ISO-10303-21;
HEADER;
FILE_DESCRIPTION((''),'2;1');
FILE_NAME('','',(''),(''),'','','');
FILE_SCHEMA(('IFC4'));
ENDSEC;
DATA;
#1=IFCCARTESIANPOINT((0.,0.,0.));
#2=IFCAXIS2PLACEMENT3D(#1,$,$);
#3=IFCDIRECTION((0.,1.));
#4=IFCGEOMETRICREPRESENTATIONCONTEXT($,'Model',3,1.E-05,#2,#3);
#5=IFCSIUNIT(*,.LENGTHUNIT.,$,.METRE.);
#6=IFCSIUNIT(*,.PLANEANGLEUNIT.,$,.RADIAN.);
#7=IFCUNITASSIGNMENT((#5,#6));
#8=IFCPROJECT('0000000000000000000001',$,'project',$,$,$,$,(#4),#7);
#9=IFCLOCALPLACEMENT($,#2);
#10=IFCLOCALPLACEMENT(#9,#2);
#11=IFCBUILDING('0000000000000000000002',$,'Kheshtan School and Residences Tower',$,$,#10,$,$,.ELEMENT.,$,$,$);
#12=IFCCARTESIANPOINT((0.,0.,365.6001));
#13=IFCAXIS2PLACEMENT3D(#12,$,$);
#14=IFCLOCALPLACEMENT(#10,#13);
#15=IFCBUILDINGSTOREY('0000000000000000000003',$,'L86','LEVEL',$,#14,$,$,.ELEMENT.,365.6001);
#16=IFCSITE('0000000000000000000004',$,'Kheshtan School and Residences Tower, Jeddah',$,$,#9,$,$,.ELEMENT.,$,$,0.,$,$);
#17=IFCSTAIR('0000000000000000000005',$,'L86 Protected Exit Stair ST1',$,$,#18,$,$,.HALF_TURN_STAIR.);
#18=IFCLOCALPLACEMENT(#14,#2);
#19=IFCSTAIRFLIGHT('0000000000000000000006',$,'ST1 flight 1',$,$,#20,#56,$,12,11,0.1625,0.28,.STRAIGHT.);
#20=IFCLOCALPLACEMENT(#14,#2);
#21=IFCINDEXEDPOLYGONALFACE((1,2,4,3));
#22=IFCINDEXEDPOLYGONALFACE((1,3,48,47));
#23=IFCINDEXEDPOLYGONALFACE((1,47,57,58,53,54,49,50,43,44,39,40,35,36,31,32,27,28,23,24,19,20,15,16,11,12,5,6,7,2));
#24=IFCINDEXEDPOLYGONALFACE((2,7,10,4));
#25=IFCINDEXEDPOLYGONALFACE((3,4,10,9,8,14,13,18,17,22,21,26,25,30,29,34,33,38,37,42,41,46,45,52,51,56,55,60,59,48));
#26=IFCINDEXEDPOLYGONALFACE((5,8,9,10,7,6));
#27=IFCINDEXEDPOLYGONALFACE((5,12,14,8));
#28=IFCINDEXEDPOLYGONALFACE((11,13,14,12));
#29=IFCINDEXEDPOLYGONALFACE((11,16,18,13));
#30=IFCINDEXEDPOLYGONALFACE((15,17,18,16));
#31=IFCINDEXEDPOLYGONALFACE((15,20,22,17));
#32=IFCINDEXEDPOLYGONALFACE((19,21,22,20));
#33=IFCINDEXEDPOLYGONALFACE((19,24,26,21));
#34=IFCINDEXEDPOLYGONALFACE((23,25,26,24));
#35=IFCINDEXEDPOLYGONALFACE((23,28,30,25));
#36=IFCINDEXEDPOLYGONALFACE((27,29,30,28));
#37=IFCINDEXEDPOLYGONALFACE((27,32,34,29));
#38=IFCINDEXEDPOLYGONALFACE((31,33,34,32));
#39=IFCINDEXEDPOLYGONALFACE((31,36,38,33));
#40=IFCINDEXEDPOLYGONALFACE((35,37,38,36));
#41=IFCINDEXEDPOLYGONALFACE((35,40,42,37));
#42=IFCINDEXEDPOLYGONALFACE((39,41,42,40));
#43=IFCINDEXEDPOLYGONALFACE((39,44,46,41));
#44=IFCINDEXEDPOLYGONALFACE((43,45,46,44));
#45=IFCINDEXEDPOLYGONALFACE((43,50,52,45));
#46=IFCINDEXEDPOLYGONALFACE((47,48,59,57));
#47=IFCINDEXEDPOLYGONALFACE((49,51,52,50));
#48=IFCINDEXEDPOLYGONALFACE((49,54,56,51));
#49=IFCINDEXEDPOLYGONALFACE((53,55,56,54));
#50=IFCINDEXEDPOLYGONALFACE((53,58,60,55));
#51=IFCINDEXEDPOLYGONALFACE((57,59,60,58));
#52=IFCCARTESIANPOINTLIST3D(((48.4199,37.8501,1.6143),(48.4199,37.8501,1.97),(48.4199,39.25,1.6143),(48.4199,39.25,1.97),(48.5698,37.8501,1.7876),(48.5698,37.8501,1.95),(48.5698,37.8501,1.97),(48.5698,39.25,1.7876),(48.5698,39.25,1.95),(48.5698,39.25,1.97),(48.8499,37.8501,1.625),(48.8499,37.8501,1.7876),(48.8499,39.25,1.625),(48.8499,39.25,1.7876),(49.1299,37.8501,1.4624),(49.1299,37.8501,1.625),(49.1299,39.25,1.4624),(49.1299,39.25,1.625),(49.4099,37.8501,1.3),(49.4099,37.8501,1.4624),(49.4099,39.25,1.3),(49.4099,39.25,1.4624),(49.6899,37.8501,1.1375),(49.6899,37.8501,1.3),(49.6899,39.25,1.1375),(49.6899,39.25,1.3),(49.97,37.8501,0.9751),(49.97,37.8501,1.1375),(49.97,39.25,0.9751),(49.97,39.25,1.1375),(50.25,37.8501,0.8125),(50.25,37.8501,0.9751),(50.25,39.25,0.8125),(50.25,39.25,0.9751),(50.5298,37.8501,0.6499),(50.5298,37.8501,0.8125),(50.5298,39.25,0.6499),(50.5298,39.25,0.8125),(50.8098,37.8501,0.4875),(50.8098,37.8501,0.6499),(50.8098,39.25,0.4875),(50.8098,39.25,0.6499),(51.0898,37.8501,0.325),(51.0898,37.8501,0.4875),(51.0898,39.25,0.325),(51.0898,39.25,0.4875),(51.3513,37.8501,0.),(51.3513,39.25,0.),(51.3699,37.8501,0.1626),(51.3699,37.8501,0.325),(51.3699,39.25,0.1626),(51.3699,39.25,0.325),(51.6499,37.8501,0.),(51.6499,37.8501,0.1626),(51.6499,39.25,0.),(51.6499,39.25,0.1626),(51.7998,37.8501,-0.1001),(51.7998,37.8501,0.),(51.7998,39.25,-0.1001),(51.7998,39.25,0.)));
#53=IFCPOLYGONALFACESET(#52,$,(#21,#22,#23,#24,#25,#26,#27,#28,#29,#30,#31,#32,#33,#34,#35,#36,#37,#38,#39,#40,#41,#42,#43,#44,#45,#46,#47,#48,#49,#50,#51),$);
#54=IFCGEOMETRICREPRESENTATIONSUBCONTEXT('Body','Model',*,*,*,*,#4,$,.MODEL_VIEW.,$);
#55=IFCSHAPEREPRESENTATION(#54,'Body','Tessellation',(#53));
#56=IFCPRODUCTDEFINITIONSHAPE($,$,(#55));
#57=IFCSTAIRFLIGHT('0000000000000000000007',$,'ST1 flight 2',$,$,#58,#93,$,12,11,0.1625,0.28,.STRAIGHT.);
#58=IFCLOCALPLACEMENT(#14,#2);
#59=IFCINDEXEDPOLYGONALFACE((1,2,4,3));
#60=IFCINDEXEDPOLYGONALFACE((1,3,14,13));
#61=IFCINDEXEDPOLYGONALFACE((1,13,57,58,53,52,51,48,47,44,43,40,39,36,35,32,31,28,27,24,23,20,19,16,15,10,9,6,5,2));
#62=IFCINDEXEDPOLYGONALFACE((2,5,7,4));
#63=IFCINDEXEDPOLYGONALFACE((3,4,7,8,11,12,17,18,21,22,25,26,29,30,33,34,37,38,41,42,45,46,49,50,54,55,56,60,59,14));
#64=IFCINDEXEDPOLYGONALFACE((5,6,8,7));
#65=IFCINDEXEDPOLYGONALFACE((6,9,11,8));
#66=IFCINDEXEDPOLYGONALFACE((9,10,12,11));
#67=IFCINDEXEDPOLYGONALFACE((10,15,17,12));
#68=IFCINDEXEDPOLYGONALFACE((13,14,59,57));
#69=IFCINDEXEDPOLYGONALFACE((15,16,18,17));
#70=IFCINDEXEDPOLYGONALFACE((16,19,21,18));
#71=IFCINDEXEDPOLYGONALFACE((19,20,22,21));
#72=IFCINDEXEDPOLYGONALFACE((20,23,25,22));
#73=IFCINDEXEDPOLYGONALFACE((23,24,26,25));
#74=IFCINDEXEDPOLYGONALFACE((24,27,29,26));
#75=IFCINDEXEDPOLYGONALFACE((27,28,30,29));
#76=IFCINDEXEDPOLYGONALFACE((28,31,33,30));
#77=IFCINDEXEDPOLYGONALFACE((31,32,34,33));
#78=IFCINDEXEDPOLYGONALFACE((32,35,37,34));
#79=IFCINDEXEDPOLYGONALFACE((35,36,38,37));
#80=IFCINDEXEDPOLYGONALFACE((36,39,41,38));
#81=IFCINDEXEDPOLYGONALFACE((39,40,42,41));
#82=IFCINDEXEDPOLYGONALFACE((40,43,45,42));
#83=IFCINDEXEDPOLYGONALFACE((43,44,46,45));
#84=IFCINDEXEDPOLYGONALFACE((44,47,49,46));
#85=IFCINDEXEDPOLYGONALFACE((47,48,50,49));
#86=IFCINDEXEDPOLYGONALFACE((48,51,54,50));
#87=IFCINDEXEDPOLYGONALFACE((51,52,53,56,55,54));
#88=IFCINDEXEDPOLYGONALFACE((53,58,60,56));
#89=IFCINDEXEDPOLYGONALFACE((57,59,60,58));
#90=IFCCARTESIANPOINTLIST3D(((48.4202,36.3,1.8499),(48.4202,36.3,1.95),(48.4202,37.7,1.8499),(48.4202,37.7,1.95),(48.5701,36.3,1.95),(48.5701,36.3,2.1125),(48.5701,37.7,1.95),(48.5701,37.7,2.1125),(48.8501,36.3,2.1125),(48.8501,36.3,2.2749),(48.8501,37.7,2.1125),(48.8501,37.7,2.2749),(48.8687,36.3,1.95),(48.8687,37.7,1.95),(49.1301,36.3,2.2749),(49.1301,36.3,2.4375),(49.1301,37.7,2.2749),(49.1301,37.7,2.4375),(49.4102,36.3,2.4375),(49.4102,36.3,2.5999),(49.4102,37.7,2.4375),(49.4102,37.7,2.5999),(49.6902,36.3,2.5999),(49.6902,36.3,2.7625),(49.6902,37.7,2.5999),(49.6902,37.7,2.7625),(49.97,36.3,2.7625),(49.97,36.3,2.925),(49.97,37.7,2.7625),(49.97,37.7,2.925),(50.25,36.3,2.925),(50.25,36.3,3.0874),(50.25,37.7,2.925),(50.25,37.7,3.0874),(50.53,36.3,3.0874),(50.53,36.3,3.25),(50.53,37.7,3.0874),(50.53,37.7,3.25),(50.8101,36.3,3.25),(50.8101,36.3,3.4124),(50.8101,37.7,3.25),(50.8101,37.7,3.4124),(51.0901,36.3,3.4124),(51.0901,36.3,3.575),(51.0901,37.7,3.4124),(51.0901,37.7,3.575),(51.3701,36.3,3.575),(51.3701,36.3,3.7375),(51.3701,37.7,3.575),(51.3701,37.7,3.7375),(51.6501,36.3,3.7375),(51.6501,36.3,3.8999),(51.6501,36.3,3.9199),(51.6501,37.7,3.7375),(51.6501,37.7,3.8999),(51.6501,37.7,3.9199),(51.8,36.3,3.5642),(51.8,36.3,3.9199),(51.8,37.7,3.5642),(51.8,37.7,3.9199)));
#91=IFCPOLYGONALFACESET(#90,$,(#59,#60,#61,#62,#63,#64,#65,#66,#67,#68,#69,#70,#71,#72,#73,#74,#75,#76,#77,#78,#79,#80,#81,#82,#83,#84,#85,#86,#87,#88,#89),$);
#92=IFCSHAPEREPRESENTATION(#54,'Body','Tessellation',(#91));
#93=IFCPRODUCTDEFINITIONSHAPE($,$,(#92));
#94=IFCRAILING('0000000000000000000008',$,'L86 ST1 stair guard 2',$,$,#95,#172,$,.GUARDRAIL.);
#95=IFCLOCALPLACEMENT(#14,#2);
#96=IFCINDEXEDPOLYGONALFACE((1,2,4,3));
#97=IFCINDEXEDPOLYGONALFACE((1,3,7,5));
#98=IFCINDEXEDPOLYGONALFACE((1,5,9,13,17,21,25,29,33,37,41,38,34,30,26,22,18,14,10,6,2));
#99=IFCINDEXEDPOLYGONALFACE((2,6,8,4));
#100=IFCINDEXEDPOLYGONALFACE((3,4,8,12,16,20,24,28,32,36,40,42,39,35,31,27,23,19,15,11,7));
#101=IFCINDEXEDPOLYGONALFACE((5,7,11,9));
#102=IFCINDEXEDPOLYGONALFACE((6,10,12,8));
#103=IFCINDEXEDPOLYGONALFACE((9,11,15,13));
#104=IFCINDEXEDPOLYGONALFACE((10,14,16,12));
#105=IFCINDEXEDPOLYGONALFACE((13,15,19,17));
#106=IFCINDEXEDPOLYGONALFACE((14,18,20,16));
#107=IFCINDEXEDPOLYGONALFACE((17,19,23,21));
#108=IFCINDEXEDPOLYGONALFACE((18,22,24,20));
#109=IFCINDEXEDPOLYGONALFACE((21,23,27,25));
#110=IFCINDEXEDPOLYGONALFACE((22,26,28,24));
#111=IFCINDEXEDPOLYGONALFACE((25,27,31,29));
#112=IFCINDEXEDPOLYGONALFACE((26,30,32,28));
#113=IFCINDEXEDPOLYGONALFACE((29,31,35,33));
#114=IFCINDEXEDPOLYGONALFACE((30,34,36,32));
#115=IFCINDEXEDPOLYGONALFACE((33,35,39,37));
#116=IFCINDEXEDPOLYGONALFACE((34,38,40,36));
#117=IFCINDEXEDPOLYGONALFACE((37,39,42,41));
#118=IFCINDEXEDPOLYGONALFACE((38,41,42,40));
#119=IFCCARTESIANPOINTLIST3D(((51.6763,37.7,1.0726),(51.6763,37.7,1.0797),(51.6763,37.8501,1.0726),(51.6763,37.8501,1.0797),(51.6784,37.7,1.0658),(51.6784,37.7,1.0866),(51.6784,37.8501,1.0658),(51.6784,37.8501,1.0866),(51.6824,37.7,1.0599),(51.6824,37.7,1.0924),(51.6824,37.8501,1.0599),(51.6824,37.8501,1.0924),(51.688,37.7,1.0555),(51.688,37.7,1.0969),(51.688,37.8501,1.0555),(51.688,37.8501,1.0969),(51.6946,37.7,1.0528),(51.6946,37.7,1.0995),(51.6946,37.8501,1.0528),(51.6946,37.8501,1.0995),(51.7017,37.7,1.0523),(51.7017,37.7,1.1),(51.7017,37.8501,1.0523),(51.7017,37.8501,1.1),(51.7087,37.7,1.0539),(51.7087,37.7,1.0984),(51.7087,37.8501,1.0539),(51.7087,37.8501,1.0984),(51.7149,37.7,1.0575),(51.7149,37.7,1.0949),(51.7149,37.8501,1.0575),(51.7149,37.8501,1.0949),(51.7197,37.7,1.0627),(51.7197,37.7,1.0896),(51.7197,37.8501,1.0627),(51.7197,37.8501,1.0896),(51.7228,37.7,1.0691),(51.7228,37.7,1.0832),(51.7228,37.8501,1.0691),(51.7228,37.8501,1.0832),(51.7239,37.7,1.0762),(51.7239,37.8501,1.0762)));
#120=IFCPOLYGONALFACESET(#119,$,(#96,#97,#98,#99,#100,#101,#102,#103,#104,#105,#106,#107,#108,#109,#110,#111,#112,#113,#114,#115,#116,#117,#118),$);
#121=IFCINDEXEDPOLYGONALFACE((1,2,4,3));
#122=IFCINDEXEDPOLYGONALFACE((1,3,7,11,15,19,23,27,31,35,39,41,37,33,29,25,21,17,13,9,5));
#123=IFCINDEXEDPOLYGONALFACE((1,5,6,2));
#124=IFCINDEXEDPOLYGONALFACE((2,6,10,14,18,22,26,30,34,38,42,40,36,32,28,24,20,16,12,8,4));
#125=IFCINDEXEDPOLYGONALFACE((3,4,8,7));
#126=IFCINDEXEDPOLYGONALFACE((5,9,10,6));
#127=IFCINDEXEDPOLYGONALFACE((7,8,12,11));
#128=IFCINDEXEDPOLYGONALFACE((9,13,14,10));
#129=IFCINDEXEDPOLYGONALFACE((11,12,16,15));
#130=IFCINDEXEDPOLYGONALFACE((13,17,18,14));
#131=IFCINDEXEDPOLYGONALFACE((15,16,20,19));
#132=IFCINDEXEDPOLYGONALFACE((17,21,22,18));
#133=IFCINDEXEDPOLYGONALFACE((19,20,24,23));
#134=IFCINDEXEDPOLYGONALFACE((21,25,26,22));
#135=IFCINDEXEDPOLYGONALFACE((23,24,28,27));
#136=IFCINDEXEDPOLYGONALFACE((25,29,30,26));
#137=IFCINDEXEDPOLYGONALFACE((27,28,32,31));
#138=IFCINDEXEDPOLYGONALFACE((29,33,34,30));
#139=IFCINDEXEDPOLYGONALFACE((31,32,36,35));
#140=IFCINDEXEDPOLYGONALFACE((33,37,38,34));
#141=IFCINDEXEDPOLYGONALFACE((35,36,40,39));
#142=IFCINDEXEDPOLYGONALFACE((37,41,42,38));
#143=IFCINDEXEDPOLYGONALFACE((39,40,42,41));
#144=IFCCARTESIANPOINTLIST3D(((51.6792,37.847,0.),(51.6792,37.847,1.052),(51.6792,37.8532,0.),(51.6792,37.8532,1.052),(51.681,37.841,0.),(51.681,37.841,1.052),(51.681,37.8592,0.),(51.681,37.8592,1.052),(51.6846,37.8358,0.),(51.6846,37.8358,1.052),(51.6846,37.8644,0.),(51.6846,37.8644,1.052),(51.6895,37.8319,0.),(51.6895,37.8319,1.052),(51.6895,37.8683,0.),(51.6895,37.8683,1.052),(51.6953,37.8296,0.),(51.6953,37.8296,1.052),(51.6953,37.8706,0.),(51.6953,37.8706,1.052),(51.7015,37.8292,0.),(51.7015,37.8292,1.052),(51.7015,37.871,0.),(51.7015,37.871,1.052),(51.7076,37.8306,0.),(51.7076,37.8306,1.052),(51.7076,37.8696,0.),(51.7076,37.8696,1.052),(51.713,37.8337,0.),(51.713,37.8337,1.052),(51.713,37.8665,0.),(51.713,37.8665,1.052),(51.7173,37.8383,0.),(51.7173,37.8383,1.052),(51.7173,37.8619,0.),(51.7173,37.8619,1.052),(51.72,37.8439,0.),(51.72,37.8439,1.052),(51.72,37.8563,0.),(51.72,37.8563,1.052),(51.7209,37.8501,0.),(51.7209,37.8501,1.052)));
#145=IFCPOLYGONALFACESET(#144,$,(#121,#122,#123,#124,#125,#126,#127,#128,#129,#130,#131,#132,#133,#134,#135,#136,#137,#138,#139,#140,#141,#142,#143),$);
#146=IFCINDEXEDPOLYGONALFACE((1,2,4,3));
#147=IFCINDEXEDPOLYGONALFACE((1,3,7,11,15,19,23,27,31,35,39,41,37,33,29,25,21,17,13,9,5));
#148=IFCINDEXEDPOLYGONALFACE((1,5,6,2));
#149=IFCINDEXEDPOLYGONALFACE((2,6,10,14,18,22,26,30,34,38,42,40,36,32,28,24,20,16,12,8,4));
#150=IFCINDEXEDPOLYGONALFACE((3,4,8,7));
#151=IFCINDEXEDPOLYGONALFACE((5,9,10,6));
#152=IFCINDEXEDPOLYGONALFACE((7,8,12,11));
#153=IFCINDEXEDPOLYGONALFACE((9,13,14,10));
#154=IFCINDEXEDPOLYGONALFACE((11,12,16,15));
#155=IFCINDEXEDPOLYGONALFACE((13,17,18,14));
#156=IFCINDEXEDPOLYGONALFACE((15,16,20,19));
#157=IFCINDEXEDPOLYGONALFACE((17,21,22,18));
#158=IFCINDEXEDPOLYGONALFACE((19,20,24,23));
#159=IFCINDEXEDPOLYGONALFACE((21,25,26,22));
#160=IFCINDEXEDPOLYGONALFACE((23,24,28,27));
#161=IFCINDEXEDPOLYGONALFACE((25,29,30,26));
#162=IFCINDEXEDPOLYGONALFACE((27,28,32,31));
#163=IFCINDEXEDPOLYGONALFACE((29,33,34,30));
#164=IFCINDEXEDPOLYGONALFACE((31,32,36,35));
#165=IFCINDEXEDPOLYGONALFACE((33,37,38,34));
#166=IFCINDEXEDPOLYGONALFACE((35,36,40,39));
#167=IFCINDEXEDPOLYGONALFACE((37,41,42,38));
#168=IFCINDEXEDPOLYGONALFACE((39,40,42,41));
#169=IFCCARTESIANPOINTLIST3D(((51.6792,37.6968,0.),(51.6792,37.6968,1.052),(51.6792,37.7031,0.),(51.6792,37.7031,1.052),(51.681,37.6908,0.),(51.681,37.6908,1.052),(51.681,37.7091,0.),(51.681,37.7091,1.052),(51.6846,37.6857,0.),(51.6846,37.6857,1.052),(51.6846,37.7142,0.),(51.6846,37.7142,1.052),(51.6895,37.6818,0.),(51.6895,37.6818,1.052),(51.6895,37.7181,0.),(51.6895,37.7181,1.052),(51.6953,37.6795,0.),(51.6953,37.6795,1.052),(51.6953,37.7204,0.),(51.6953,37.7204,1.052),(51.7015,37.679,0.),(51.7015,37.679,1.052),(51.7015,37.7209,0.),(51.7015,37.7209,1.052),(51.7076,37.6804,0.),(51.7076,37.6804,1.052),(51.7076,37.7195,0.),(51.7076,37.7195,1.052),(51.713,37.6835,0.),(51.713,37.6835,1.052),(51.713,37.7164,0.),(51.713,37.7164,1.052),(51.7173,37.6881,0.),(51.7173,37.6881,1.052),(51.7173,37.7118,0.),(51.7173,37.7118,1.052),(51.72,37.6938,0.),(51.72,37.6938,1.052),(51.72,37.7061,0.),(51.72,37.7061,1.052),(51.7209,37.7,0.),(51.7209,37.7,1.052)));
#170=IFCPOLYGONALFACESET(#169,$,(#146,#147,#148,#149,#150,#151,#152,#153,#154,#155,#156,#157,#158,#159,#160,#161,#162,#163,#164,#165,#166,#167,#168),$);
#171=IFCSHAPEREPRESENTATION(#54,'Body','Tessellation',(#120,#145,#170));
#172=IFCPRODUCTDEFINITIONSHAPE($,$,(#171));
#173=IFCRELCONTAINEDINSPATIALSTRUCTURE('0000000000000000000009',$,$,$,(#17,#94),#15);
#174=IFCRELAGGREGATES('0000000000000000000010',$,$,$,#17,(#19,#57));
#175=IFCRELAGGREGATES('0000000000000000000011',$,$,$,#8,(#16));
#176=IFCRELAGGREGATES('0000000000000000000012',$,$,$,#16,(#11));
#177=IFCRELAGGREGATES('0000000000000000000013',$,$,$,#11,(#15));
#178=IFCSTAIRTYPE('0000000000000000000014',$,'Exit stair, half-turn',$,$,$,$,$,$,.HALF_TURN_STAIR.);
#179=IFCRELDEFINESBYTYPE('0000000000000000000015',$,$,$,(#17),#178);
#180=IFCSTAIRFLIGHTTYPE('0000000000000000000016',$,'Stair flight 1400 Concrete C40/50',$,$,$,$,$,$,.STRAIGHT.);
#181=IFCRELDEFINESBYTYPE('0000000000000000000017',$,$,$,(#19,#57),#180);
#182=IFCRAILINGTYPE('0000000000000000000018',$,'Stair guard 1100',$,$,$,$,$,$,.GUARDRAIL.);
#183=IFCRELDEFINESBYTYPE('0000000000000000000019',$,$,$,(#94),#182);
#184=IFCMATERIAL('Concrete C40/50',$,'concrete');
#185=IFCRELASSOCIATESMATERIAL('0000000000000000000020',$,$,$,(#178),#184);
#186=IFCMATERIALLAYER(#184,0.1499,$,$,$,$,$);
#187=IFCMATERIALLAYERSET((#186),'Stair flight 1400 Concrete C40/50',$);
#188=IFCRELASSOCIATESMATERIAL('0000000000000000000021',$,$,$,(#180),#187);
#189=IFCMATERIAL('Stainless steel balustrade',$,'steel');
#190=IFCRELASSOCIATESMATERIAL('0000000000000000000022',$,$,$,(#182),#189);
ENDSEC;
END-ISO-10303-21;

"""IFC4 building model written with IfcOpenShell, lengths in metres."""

from ifc_helpers import new_model, si_unit, direction, frame, origin, origin_2d, place, context, subcontext, project, spatial, polyline, circle, outline, extrude, material, layer, layer_set, type_object, element, aggregate, save


model = new_model("IFC4")

# Units and contexts
model_context = context("Model", 3, precision=1e-05, world=origin(), true_north=direction((0.0, 1.0)))
body_context = subcontext(model_context, "Body", "Model", "MODEL_VIEW")
ifc_project = project(units=[si_unit("LENGTHUNIT", "METRE"), si_unit("PLANEANGLEUNIT", "RADIAN")], contexts=[model_context])

# Site, building, storey
site_placement = place(None, origin())
site = spatial("IfcSite", under=ifc_project, at=site_placement, Name="Kheshtan School and Residences Tower, Jeddah", CompositionType="ELEMENT", RefElevation=0.0)
building_placement = place(site_placement, origin())
building = spatial("IfcBuilding", under=site, at=building_placement, Name="Kheshtan School and Residences Tower", CompositionType="ELEMENT")
storey_placement = place(building_placement, frame((0.0, 0.0, 365.6001)))
storey = spatial("IfcBuildingStorey", under=building, at=storey_placement, Name="L86", Description="LEVEL", CompositionType="ELEMENT", Elevation=365.6001)

# Shared definitions
ifc_material_1 = material(Name="Concrete C40/50", Category="concrete")

# Stair, stair flights
stair_type = type_object("IfcStairType", Name="Exit stair, half-turn", PredefinedType="HALF_TURN_STAIR", material=ifc_material_1)
stair_placement = place(storey_placement, origin())
stair = element("IfcStair", 1, at=stair_placement, inside=storey, type_object=stair_type, Name="L86 Protected Exit Stair ST1", PredefinedType="HALF_TURN_STAIR")
ifc_layer_1 = layer(ifc_material_1, 0.1499)
ifc_layer_set_1 = layer_set([ifc_layer_1], Name="Stair flight 1400 Concrete C40/50")
stair_flight_type = type_object("IfcStairFlightType", Name="Stair flight 1400 Concrete C40/50", PredefinedType="STRAIGHT", material=ifc_layer_set_1)
stair_flight_1_placement = place(storey_placement, frame((51.6499, 38.55, 0.0), z_axis=(0.0, 0.0, 1.0), x_axis=(-1.0, 0.0, 0.0)))
stair_flight_1 = element("IfcStairFlight", 2, at=stair_flight_1_placement, type_object=stair_flight_type, Name="ST1 flight 1", NumberOfRisers=12, NumberOfTreads=11, PredefinedType="STRAIGHT", RiserHeight=0.1625, TreadLength=0.28, context=body_context, shape_type="SweptSolid", body=[
    extrude(outline(polyline([(-0.1499, -0.1001), (-0.1499, 0.0), (0.0, 0.0), (0.0, 0.1626), (0.28, 0.1626), (0.28, 0.325), (0.5601, 0.325), (0.5601, 0.4875), (0.8401, 0.4875), (0.8401, 0.6499), (1.1201, 0.6499), (1.1201, 0.8125), (1.3999, 0.8125), (1.3999, 0.9751), (1.6799, 0.9751), (1.6799, 1.1375), (1.96, 1.1375), (1.96, 1.3), (2.24, 1.3), (2.24, 1.4624), (2.52, 1.4624), (2.52, 1.625), (2.8, 1.625), (2.8, 1.7876), (3.0801, 1.7876), (3.0801, 1.95), (3.0801, 1.97), (3.23, 1.97), (3.23, 1.6143), (0.2986, 0.0), (-0.1499, -0.1001)])), frame((0.0, 0.7, 0.0), z_axis=(0.0, -1.0, 0.0), x_axis=(1.0, 0.0, 0.0)), (0.0, 0.0, 1.0), 1.3999),
])
stair_flight_2_placement = place(storey_placement, frame((48.5701, 37.0, 1.95), z_axis=(0.0, 0.0, 1.0), x_axis=(1.0, 0.0, 0.0)))
stair_flight_2 = element("IfcStairFlight", 3, at=stair_flight_2_placement, type_object=stair_flight_type, Name="ST1 flight 2", NumberOfRisers=12, NumberOfTreads=11, PredefinedType="STRAIGHT", RiserHeight=0.1625, TreadLength=0.28, context=body_context, shape_type="SweptSolid", body=[
    extrude(outline(polyline([(-0.1499, -0.1001), (-0.1499, 0.0), (0.0, 0.0), (0.0, 0.1626), (0.28, 0.1626), (0.28, 0.325), (0.5601, 0.325), (0.5601, 0.4875), (0.8401, 0.4875), (0.8401, 0.6499), (1.1201, 0.6499), (1.1201, 0.8125), (1.3999, 0.8125), (1.3999, 0.9751), (1.6799, 0.9751), (1.6799, 1.1375), (1.96, 1.1375), (1.96, 1.3), (2.24, 1.3), (2.24, 1.4624), (2.52, 1.4624), (2.52, 1.625), (2.8, 1.625), (2.8, 1.7876), (3.0801, 1.7876), (3.0801, 1.95), (3.0801, 1.97), (3.23, 1.97), (3.23, 1.6143), (0.2986, 0.0), (-0.1499, -0.1001)])), frame((0.0, 0.7, 0.0), z_axis=(0.0, -1.0, 0.0), x_axis=(1.0, 0.0, 0.0)), (0.0, 0.0, 1.0), 1.3999),
])
aggregate(stair, [stair_flight_1, stair_flight_2])

# Railing
ifc_material_2 = material(Name="Stainless steel balustrade", Category="steel")
railing_type_1 = type_object("IfcRailingType", Name="Stair guard 1100", PredefinedType="GUARDRAIL", material=ifc_material_2)
railing_1_placement = place(storey_placement, frame((51.7, 37.8501, 0.0)))
element("IfcRailing", 4, at=railing_1_placement, inside=storey, type_object=railing_type_1, Name="L86 ST1 stair guard 2", PredefinedType="GUARDRAIL", context=body_context, shape_type="SweptSolid", body=[
    extrude(circle(Radius=0.0239, at=origin_2d()), frame((0.0, 0.0, 1.0762), z_axis=(0.0, -1.0, 0.0), x_axis=(1.0, 0.0, 0.0)), (0.0, 0.0, 1.0), 0.1501),
    extrude(circle(Radius=0.021, at=origin_2d()), origin(), (0.0, 0.0, 1.0), 1.052),
    extrude(circle(Radius=0.021, at=origin_2d()), frame((0.0, -0.1501, 0.0)), (0.0, 0.0, 1.0), 1.052),
])

save(model, "model.ifc")
